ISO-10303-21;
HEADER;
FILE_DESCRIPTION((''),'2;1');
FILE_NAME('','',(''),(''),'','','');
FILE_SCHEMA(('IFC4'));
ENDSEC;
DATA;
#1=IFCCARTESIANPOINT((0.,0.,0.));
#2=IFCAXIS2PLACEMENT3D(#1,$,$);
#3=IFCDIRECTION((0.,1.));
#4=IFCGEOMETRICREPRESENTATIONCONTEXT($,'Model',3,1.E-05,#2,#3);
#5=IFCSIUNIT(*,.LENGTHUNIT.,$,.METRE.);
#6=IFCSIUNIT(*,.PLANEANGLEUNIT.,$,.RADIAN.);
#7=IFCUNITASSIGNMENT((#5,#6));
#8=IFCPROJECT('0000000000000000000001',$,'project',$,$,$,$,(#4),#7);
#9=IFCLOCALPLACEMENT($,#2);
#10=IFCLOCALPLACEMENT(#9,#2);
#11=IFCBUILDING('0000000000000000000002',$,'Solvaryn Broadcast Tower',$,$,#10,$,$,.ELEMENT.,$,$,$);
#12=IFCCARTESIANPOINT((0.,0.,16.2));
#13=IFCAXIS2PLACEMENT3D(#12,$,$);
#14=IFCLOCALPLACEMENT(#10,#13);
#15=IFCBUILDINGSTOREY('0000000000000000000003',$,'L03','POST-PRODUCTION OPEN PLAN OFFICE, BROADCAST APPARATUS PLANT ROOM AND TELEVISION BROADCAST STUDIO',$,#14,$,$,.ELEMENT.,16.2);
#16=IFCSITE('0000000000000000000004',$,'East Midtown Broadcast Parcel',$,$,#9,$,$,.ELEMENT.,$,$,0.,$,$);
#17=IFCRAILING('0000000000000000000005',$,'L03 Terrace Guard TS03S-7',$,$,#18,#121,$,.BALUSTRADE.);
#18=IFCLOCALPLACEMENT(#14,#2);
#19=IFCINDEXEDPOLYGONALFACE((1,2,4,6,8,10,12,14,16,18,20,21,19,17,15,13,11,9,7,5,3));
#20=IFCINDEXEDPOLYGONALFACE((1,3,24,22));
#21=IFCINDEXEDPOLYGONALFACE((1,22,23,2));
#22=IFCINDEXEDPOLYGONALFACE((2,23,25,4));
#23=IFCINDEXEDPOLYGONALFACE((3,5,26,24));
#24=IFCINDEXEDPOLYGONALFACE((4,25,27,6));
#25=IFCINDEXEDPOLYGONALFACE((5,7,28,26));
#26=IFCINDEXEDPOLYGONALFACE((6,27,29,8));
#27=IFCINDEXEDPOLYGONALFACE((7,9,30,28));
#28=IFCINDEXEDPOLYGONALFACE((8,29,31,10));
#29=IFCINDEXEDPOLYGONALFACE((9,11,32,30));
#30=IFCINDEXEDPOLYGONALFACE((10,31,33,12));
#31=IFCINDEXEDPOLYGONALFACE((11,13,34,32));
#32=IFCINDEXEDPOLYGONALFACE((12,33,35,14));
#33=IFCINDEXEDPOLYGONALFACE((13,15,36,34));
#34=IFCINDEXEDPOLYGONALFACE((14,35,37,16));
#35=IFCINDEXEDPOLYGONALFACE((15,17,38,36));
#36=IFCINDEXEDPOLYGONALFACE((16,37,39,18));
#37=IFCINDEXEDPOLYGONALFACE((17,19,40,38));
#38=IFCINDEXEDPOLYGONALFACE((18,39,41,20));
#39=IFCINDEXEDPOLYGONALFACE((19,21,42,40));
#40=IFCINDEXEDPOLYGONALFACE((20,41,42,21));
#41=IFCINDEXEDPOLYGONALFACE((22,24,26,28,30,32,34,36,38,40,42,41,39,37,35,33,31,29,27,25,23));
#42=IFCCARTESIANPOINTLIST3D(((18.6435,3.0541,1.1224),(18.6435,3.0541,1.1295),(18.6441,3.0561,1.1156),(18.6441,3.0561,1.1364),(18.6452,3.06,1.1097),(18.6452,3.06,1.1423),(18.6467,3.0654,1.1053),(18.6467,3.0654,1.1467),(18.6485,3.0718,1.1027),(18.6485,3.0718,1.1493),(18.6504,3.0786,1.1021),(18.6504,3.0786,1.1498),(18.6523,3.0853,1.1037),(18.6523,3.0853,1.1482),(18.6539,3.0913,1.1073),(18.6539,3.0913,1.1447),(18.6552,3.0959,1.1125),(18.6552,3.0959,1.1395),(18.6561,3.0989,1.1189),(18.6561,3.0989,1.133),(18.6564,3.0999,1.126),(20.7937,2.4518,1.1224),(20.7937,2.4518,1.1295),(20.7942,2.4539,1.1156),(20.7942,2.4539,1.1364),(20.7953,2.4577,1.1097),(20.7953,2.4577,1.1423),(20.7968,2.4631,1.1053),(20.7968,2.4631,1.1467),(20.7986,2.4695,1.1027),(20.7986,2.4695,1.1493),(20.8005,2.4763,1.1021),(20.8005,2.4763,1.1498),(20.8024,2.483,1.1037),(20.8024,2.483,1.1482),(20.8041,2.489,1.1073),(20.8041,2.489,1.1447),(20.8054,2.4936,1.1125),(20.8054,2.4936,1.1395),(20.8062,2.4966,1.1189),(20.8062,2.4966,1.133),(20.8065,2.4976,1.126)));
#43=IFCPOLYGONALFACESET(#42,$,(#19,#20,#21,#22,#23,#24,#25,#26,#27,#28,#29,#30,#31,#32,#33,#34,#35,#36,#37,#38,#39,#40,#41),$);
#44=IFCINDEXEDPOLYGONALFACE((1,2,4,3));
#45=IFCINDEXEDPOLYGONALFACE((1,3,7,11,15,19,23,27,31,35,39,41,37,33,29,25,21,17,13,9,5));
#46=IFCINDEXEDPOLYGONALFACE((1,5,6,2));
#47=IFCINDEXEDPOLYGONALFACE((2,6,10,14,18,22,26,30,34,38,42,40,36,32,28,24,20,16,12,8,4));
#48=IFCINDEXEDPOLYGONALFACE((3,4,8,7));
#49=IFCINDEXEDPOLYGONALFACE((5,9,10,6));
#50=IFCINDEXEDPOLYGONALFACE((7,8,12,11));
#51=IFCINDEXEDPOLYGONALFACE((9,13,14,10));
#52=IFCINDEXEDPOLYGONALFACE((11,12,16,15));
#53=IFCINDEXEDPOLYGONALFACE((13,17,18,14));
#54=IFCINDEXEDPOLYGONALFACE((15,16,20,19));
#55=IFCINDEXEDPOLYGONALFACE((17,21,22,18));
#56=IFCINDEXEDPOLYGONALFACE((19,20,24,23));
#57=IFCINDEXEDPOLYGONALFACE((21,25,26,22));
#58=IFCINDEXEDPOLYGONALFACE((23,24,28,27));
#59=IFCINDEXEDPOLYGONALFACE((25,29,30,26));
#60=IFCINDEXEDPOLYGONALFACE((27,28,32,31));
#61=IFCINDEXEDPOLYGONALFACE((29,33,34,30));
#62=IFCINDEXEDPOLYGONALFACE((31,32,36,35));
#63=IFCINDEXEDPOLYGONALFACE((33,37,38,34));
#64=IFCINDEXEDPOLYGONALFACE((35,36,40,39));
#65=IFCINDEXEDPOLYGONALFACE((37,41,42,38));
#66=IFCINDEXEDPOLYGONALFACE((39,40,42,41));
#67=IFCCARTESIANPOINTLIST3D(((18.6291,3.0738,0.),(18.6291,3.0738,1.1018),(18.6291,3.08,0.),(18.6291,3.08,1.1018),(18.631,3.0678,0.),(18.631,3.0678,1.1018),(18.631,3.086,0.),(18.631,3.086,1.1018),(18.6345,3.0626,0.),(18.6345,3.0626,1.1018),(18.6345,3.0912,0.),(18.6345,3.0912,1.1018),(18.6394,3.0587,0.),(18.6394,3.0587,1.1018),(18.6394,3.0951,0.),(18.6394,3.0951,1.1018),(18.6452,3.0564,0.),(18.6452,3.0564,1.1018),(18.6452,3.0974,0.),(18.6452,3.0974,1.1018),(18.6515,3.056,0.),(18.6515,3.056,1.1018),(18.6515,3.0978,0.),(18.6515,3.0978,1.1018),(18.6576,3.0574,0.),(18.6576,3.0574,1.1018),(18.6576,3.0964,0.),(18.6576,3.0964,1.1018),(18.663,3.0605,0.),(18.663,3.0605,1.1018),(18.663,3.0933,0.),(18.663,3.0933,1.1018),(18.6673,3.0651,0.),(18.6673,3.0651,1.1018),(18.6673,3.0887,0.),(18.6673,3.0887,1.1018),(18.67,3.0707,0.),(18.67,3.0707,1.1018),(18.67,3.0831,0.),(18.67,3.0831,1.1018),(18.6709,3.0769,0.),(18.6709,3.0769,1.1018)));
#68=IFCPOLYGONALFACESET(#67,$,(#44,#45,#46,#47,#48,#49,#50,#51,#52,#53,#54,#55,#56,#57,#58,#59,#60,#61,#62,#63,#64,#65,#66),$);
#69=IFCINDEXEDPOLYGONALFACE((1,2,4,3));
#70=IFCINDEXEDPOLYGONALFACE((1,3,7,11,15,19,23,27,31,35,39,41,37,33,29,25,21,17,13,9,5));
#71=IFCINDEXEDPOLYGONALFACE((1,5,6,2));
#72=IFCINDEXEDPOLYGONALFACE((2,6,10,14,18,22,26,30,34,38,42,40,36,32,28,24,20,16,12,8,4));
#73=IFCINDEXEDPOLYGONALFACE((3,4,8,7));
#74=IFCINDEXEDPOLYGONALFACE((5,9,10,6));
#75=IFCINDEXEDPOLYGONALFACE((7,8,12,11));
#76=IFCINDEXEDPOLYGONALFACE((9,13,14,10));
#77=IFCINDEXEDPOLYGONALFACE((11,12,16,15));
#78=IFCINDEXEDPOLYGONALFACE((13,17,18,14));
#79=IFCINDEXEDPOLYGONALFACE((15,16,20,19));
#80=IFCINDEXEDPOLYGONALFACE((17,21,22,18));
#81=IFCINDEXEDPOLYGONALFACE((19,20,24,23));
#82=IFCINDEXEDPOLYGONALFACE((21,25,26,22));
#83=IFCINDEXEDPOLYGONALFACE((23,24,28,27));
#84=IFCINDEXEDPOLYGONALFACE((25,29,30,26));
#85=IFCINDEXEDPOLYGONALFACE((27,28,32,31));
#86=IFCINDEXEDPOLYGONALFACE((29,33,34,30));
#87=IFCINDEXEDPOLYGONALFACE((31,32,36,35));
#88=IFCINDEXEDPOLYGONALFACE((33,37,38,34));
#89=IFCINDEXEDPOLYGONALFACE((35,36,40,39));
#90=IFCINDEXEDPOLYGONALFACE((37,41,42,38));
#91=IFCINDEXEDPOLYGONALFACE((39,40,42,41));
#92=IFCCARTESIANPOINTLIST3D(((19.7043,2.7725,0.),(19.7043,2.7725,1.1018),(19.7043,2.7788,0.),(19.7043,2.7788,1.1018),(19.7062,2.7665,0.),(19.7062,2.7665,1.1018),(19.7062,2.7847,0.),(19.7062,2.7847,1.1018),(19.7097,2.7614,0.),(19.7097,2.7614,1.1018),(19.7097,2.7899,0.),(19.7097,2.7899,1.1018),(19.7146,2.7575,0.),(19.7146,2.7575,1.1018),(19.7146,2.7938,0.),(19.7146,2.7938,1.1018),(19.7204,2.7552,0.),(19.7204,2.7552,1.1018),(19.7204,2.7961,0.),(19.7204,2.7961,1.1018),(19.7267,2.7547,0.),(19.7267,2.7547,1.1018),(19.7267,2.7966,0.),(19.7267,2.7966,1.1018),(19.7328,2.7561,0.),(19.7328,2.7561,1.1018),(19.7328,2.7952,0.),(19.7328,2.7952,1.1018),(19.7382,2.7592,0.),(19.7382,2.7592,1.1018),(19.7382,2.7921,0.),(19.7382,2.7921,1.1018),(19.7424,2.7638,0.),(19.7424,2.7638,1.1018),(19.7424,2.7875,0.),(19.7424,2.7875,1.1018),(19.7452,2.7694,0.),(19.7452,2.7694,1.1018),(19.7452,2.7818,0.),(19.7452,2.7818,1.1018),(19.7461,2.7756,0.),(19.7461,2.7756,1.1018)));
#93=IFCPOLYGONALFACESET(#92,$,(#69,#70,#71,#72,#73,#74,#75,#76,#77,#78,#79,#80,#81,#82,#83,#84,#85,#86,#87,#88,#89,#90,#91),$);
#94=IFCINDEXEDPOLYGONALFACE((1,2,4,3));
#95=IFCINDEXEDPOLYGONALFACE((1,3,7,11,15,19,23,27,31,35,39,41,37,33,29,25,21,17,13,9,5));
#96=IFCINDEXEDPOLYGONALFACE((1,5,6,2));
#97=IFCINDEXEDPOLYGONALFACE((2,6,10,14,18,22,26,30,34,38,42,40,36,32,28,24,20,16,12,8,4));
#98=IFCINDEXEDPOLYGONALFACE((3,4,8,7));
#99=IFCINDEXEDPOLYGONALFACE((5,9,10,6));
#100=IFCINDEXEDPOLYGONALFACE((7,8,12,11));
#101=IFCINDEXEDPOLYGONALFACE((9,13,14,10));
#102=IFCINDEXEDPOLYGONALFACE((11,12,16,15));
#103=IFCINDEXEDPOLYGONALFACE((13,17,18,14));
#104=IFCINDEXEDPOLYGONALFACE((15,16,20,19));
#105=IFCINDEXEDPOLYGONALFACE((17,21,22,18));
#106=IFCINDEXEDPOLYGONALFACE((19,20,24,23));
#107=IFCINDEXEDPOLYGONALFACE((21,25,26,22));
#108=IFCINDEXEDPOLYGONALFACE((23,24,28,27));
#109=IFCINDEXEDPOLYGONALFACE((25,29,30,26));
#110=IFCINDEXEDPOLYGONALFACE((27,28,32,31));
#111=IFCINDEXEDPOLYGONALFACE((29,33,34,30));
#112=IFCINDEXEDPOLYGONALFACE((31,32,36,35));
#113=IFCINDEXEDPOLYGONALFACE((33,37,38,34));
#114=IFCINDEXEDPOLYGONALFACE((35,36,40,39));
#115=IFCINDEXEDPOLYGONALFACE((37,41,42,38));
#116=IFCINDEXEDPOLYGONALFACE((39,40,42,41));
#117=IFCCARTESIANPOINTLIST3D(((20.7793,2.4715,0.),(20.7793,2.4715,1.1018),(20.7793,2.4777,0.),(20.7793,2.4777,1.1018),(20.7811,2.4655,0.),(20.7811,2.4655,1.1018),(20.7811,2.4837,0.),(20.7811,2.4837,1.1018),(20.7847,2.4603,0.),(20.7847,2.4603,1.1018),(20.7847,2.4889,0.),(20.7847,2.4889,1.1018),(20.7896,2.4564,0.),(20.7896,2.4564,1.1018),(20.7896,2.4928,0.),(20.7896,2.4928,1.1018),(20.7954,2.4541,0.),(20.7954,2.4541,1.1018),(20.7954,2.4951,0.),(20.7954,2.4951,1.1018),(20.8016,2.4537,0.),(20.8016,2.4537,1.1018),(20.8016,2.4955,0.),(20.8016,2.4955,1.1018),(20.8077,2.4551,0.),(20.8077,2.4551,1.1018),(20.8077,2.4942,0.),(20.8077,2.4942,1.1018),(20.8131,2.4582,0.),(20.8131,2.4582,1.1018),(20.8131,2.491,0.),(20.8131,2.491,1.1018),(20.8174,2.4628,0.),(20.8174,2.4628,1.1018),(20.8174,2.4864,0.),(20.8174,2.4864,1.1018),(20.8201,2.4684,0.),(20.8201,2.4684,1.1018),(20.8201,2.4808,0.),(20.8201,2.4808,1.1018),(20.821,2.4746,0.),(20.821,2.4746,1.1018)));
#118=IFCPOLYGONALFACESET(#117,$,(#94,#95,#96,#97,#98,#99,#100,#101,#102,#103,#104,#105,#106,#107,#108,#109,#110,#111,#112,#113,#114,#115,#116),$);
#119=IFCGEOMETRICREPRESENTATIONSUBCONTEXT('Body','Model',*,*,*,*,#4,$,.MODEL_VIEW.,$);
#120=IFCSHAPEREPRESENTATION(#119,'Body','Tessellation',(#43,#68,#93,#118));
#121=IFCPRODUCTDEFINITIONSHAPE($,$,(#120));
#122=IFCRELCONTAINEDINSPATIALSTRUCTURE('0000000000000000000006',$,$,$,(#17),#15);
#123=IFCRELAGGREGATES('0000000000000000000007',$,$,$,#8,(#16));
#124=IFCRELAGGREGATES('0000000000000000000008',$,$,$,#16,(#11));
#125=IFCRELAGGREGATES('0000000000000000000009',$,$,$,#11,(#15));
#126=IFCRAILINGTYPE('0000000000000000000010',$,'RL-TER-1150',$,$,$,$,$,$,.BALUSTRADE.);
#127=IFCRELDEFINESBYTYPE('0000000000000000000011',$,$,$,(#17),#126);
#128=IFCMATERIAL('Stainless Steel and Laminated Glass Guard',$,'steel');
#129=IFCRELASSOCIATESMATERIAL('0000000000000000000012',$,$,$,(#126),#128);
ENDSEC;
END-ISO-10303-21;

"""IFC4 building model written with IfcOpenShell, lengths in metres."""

from ifc_helpers import new_model, si_unit, direction, frame, origin, origin_2d, place, context, subcontext, project, spatial, circle, extrude, material, type_object, element, save


model = new_model("IFC4")

# Units and contexts
model_context = context("Model", 3, precision=1e-05, world=origin(), true_north=direction((0.0, 1.0)))
body_context = subcontext(model_context, "Body", "Model", "MODEL_VIEW")
ifc_project = project(units=[si_unit("LENGTHUNIT", "METRE"), si_unit("PLANEANGLEUNIT", "RADIAN")], contexts=[model_context])

# Site, building, storey
site_placement = place(None, origin())
site = spatial("IfcSite", under=ifc_project, at=site_placement, Name="East Midtown Broadcast Parcel", CompositionType="ELEMENT", RefElevation=0.0)
building_placement = place(site_placement, origin())
building = spatial("IfcBuilding", under=site, at=building_placement, Name="Solvaryn Broadcast Tower", CompositionType="ELEMENT")
storey_placement = place(building_placement, frame((0.0, 0.0, 16.2)))
storey = spatial("IfcBuildingStorey", under=building, at=storey_placement, Name="L03", Description="POST-PRODUCTION OPEN PLAN OFFICE, BROADCAST APPARATUS PLANT ROOM AND TELEVISION BROADCAST STUDIO", CompositionType="ELEMENT", Elevation=16.2)

# Railing
ifc_material_1 = material(Name="Stainless Steel and Laminated Glass Guard", Category="steel")
railing_type = type_object("IfcRailingType", Name="RL-TER-1150", PredefinedType="BALUSTRADE", material=ifc_material_1)
railing_1_placement = place(storey_placement, frame((18.6499, 3.0769, 0.0)))
element("IfcRailing", 1, at=railing_1_placement, inside=storey, type_object=railing_type, Name="L03 Terrace Guard TS03S-7", PredefinedType="BALUSTRADE", context=body_context, shape_type="SweptSolid", body=[
    extrude(circle(Radius=0.0239, at=origin_2d()), frame((0.0, 0.0, 1.126), z_axis=(0.962934, -0.269735, 0.0), x_axis=(0.269735, 0.962934, 0.0)), (0.0, 0.0, 1.0), 2.2329),
    extrude(circle(Radius=0.021, at=origin_2d()), origin(), (0.0, 0.0, 1.0), 1.1018),
    extrude(circle(Radius=0.021, at=origin_2d()), frame((1.0752, -0.3013, 0.0)), (0.0, 0.0, 1.0), 1.1018),
    extrude(circle(Radius=0.021, at=origin_2d()), frame((2.1501, -0.6023, 0.0)), (0.0, 0.0, 1.0), 1.1018),
])

save(model, "model.ifc")
